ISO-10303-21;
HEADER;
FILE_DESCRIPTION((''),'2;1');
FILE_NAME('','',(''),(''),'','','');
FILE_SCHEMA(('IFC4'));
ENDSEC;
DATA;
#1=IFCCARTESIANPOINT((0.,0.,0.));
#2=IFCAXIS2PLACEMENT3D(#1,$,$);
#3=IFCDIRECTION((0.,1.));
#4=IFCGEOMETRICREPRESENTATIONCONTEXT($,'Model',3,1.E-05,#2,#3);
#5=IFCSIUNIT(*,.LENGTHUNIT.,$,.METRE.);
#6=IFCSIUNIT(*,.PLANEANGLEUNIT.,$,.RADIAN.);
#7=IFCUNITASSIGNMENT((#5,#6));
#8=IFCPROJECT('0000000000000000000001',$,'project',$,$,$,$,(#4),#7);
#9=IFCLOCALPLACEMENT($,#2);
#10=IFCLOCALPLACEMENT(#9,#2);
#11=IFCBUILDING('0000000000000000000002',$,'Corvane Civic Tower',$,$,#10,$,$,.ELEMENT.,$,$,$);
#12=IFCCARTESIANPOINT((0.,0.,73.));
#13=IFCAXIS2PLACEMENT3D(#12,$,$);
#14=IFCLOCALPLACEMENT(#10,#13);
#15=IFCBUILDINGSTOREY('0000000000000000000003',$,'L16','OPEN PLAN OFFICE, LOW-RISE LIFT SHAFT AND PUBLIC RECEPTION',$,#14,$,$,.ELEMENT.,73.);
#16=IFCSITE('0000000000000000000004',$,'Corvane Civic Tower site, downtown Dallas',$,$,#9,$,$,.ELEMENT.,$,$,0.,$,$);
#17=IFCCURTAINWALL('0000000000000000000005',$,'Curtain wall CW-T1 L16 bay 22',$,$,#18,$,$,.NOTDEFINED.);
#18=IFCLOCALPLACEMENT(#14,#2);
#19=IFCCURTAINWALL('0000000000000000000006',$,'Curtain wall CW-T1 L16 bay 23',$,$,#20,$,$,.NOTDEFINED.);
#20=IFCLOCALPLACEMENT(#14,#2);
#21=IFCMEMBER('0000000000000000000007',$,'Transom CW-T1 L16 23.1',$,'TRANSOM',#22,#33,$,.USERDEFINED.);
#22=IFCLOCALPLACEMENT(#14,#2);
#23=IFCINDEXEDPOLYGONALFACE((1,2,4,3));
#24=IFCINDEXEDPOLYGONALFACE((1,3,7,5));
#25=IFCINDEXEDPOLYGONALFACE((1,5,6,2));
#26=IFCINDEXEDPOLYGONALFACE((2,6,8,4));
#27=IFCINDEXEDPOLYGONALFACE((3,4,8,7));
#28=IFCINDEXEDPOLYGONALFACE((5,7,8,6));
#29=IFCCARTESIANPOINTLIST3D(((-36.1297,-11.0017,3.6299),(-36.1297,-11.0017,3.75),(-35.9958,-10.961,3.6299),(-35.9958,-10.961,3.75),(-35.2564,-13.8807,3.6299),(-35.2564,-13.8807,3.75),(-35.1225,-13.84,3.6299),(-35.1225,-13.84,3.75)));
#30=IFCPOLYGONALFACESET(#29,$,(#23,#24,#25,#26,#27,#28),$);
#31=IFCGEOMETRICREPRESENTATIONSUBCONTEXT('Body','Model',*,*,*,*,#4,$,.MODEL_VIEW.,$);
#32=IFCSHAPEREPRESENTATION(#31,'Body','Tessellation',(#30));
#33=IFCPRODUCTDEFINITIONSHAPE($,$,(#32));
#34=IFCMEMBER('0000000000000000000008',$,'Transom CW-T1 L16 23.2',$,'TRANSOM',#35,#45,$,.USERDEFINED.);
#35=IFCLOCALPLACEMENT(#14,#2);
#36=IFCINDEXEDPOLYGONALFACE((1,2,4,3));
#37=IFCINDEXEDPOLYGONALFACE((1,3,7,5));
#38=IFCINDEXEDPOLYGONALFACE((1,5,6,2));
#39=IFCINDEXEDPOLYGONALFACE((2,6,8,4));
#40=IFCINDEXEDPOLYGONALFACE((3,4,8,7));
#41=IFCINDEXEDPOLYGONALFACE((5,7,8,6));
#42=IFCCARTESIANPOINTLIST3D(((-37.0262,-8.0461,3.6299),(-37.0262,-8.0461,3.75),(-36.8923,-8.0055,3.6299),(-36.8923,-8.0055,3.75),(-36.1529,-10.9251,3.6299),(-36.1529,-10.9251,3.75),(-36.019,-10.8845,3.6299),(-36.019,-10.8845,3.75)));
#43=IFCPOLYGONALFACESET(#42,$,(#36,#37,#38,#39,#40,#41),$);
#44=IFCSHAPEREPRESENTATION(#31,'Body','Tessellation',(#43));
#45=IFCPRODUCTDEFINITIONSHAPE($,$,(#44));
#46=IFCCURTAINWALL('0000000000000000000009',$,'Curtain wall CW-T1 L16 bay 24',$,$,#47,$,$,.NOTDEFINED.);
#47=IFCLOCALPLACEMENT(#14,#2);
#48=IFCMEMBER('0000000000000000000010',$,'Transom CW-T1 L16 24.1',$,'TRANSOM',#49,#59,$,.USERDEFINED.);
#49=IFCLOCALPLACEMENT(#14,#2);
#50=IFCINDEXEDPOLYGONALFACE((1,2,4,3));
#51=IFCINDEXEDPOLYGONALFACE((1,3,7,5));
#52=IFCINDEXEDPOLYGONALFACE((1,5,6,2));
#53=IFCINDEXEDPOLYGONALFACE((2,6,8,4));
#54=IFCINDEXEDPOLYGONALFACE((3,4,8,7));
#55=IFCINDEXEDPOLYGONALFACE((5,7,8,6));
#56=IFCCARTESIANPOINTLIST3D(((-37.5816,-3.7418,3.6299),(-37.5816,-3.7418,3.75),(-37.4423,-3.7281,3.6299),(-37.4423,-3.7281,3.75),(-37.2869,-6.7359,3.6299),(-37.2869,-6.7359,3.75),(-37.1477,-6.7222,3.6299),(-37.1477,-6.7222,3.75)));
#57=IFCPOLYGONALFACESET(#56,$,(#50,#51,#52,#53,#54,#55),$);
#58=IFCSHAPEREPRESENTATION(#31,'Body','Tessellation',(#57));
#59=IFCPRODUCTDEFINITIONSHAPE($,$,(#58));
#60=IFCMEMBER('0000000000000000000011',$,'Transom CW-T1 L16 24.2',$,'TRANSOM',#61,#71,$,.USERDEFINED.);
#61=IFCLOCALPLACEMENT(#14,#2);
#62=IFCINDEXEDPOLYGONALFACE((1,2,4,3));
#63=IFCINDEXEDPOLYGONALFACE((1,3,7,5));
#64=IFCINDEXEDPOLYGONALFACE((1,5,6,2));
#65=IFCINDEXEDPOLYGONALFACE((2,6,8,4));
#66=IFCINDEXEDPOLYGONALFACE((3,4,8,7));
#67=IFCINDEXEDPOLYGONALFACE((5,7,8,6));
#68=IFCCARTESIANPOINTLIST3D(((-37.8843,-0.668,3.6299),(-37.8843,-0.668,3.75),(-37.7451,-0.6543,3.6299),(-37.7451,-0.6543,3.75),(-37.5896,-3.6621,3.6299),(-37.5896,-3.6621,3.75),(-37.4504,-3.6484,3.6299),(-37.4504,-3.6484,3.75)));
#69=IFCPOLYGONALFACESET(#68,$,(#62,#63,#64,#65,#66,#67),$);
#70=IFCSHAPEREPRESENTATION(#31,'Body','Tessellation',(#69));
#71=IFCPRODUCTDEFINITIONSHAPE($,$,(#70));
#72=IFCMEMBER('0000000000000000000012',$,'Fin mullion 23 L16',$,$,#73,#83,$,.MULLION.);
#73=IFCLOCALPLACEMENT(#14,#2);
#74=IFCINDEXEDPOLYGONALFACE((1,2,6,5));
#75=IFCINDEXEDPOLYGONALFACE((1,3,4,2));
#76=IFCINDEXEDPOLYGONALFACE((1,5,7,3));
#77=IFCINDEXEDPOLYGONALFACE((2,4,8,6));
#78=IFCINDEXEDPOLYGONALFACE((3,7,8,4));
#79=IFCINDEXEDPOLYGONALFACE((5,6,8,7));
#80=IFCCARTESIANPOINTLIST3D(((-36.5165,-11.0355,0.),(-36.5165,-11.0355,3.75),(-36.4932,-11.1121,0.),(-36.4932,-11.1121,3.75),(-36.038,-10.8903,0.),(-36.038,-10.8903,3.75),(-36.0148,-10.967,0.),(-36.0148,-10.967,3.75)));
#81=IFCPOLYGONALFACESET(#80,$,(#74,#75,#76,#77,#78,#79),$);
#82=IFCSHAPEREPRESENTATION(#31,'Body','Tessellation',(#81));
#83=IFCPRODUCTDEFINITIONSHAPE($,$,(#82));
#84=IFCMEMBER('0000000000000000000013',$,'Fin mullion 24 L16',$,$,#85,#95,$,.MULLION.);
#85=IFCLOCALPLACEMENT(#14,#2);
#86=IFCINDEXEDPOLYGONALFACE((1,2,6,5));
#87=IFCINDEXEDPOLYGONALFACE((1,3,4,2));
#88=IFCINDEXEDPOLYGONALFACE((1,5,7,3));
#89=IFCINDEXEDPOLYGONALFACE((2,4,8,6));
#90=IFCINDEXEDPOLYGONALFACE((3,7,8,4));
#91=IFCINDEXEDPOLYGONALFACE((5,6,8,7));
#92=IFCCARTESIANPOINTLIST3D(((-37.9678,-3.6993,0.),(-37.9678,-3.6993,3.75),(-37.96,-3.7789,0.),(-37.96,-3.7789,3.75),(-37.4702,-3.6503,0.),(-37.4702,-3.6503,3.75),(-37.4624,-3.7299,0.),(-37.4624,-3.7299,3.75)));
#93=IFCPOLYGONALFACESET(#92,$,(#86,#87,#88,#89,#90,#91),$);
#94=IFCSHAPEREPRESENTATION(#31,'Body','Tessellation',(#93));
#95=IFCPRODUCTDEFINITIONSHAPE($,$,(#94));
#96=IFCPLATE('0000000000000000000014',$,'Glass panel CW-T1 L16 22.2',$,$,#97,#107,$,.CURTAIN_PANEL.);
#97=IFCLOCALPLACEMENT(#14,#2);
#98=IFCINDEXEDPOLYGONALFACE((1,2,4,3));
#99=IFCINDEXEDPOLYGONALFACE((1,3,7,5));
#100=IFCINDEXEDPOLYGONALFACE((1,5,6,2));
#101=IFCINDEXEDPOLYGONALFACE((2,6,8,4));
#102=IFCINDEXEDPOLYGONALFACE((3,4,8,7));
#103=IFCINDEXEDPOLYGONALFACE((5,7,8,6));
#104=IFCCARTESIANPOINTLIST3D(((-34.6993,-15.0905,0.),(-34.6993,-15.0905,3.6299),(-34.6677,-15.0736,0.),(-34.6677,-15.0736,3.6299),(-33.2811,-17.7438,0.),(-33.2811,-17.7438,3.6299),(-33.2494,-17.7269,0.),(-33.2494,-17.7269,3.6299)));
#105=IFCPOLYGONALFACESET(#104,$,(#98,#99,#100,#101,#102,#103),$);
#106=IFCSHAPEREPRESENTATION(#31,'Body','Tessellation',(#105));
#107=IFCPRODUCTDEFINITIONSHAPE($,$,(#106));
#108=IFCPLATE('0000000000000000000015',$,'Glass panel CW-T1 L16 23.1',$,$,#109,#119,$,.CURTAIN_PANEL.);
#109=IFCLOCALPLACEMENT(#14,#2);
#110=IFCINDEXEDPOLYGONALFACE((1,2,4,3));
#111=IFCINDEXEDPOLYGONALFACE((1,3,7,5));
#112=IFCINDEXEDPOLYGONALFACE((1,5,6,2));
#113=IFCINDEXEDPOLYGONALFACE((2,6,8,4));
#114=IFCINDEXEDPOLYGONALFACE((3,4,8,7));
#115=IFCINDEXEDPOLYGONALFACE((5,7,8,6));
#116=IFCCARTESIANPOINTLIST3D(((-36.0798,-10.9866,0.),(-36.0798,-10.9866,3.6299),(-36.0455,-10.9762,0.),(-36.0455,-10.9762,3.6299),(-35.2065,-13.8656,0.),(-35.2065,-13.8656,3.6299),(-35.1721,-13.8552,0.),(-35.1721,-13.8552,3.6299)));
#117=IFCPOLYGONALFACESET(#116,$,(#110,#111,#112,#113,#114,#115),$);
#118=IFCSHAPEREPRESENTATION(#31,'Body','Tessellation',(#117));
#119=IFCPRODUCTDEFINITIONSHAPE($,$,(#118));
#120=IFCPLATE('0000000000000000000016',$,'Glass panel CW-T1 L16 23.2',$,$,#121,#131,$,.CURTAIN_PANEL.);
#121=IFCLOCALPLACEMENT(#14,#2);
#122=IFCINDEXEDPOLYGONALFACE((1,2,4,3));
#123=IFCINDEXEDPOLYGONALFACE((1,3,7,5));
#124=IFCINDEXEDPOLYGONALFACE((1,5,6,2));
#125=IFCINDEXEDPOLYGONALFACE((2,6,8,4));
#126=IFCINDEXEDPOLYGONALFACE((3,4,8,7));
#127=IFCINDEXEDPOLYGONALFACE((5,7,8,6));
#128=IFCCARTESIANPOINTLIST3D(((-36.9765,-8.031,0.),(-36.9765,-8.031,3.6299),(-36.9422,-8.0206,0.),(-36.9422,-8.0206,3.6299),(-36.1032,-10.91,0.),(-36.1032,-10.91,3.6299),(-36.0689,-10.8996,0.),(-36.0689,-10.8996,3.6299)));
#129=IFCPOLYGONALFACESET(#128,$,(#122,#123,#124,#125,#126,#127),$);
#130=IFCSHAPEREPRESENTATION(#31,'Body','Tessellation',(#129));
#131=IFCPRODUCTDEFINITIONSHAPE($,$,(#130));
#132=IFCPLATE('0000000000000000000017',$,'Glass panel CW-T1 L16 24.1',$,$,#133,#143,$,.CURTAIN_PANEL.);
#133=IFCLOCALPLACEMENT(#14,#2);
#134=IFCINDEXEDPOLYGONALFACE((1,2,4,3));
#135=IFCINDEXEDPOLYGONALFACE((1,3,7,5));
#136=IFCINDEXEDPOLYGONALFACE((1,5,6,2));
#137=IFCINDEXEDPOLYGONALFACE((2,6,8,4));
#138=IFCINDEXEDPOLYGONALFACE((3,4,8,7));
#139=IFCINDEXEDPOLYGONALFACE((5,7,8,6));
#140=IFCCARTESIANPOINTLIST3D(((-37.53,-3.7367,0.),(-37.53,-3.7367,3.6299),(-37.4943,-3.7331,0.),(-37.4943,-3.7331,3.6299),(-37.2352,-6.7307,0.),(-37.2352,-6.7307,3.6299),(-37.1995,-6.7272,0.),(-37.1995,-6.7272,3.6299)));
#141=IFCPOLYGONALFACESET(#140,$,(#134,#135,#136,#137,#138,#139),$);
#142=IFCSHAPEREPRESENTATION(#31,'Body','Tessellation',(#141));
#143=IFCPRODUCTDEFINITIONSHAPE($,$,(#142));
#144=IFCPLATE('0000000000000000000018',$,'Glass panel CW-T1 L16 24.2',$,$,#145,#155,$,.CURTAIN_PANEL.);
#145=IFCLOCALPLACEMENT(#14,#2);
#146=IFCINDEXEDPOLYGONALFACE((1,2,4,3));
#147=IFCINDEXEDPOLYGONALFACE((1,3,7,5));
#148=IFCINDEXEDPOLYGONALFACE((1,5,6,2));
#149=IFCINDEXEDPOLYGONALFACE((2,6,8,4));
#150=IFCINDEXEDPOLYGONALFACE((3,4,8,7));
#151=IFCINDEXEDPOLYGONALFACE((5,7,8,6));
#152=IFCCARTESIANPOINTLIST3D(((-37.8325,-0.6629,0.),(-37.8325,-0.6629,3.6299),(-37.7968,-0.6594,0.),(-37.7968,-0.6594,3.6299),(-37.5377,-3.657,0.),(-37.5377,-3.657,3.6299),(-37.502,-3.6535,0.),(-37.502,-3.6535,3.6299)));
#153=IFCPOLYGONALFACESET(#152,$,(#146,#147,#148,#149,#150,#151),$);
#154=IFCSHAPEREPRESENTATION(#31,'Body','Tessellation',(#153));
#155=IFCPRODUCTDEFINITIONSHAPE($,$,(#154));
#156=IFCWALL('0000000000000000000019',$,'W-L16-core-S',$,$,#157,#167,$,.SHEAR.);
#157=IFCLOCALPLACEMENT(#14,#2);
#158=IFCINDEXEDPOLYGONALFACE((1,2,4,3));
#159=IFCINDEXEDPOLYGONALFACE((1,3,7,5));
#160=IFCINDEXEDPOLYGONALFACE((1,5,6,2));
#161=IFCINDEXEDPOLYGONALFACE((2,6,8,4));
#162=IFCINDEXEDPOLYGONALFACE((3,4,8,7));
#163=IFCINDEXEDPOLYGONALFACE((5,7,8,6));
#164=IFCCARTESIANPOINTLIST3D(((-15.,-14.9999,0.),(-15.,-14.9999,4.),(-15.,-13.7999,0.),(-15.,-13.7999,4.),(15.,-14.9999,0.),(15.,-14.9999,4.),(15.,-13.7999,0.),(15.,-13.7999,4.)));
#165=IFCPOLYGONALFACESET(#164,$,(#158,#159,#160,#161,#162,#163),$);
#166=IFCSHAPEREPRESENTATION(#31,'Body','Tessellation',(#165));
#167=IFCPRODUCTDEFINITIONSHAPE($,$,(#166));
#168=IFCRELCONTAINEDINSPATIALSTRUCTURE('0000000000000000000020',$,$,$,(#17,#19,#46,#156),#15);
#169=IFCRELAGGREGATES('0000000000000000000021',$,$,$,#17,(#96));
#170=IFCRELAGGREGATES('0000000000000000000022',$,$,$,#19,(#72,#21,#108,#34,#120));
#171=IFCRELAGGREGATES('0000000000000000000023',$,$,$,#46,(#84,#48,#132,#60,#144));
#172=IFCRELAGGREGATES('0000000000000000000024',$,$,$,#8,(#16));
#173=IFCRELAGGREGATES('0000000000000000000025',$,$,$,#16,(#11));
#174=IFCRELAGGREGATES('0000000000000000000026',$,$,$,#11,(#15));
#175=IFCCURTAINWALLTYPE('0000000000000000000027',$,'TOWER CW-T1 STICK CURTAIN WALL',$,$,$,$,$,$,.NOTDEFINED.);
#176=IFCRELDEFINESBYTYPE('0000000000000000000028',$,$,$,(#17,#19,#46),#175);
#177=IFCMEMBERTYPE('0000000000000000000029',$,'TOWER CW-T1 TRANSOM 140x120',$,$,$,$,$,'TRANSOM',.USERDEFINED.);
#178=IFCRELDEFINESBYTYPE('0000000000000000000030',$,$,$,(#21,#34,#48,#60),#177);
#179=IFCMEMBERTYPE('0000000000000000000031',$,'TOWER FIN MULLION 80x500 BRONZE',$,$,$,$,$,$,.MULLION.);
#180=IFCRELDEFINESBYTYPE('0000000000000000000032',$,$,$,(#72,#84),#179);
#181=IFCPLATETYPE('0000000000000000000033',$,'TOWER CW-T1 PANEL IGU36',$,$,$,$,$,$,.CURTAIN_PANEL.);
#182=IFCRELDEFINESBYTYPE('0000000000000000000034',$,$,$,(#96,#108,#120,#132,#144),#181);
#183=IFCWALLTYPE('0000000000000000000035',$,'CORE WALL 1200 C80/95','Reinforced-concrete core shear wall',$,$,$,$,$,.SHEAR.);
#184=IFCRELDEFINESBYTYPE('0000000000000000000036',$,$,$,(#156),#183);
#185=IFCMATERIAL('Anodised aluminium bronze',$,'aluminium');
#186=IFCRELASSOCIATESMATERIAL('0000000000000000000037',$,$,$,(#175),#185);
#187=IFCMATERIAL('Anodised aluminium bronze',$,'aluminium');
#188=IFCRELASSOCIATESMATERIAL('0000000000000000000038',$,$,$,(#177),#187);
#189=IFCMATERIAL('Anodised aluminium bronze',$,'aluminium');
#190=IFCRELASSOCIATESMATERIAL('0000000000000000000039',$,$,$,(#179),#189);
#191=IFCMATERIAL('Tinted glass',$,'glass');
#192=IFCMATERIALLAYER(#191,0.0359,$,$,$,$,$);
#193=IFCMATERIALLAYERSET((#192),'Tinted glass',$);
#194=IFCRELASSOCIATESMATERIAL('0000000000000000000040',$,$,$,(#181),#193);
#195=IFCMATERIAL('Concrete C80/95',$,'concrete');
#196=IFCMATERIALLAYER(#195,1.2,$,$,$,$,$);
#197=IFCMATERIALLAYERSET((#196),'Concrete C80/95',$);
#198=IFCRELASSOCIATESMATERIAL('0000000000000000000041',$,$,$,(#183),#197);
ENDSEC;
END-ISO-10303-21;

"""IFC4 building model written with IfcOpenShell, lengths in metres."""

from ifc_helpers import new_model, si_unit, direction, frame, frame_2d, origin, origin_2d, place, context, subcontext, project, spatial, rectangle, extrude, material, layer, layer_set, material_profile, profile_set, type_object, element, aggregate, save


model = new_model("IFC4")

# Units and contexts
model_context = context("Model", 3, precision=1e-05, world=origin(), true_north=direction((0.0, 1.0)))
body_context = subcontext(model_context, "Body", "Model", "MODEL_VIEW")
ifc_project = project(units=[si_unit("LENGTHUNIT", "METRE"), si_unit("PLANEANGLEUNIT", "RADIAN")], contexts=[model_context])

# Site, building, storey
site_placement = place(None, origin())
site = spatial("IfcSite", under=ifc_project, at=site_placement, Name="Corvane Civic Tower site, downtown Dallas", CompositionType="ELEMENT", RefElevation=0.0)
building_placement = place(site_placement, origin())
building = spatial("IfcBuilding", under=site, at=building_placement, Name="Corvane Civic Tower", CompositionType="ELEMENT")
storey_placement = place(building_placement, frame((0.0, 0.0, 73.0)))
storey = spatial("IfcBuildingStorey", under=building, at=storey_placement, Name="L16", Description="OPEN PLAN OFFICE, LOW-RISE LIFT SHAFT AND PUBLIC RECEPTION", CompositionType="ELEMENT", Elevation=73.0)

# Curtain wall
ifc_material_1 = material(Name="Anodised aluminium bronze", Category="aluminium")
curtain_wall_type = type_object("IfcCurtainWallType", Name="TOWER CW-T1 STICK CURTAIN WALL", PredefinedType="NOTDEFINED", material=ifc_material_1)
curtain_wall_1_placement = place(storey_placement, origin())
curtain_wall_1 = element("IfcCurtainWall", 1, at=curtain_wall_1_placement, inside=storey, type_object=curtain_wall_type, Name="Curtain wall CW-T1 L16 bay 22", PredefinedType="NOTDEFINED")
ifc_material_2 = material(Name="Anodised aluminium bronze", Category="aluminium")
ifc_material_profile_1 = material_profile(ifc_material_2, rectangle(XDim=0.1399, YDim=0.1201, at=origin_2d()), Name="TOWER CW-T1 TRANSOM 140x120")
ifc_profile_set_1 = profile_set([ifc_material_profile_1], Name="Anodised aluminium bronze")
member_type_1 = type_object("IfcMemberType", Name="TOWER CW-T1 TRANSOM 140x120", ElementType="TRANSOM", PredefinedType="USERDEFINED", material=ifc_profile_set_1)

# Curtain walls, members
curtain_wall_2_placement = place(storey_placement, origin())
curtain_wall_2 = element("IfcCurtainWall", 2, at=curtain_wall_2_placement, inside=storey, type_object=curtain_wall_type, Name="Curtain wall CW-T1 L16 bay 23", PredefinedType="NOTDEFINED")
member_1_placement = place(storey_placement, frame((-35.1895, -13.8604, 3.6899), z_axis=(-0.29028, 0.956942, 0.0), x_axis=(-0.956942, -0.29028, 0.0)))
member_1 = element("IfcMember", 3, at=member_1_placement, type_object=member_type_1, Name="Transom CW-T1 L16 23.1", ObjectType="TRANSOM", PredefinedType="USERDEFINED", context=body_context, shape_type="SweptSolid", body=[
    extrude(rectangle(XDim=0.1399, YDim=0.1201, at=origin_2d()), origin(), (0.0, 0.0, 1.0), 3.0085),
])
member_2_placement = place(storey_placement, frame((-36.0859, -10.9048, 3.6899), z_axis=(-0.29028, 0.956942, 0.0), x_axis=(-0.956942, -0.29028, 0.0)))
member_2 = element("IfcMember", 4, at=member_2_placement, type_object=member_type_1, Name="Transom CW-T1 L16 23.2", ObjectType="TRANSOM", PredefinedType="USERDEFINED", context=body_context, shape_type="SweptSolid", body=[
    extrude(rectangle(XDim=0.1399, YDim=0.1201, at=origin_2d()), origin(), (0.0, 0.0, 1.0), 3.0085),
])
curtain_wall_3_placement = place(storey_placement, origin())
curtain_wall_3 = element("IfcCurtainWall", 5, at=curtain_wall_3_placement, inside=storey, type_object=curtain_wall_type, Name="Curtain wall CW-T1 L16 bay 24", PredefinedType="NOTDEFINED")
member_3_placement = place(storey_placement, frame((-37.2173, -6.729, 3.6899), z_axis=(-0.097945, 0.995192, 0.0), x_axis=(-0.995192, -0.097945, 0.0)))
member_3 = element("IfcMember", 6, at=member_3_placement, type_object=member_type_1, Name="Transom CW-T1 L16 24.1", ObjectType="TRANSOM", PredefinedType="USERDEFINED", context=body_context, shape_type="SweptSolid", body=[
    extrude(rectangle(XDim=0.1399, YDim=0.1201, at=origin_2d()), origin(), (0.0, 0.0, 1.0), 3.0085),
])
member_4_placement = place(storey_placement, frame((-37.52, -3.6553, 3.6899), z_axis=(-0.097945, 0.995192, 0.0), x_axis=(-0.995192, -0.097945, 0.0)))
member_4 = element("IfcMember", 7, at=member_4_placement, type_object=member_type_1, Name="Transom CW-T1 L16 24.2", ObjectType="TRANSOM", PredefinedType="USERDEFINED", context=body_context, shape_type="SweptSolid", body=[
    extrude(rectangle(XDim=0.1399, YDim=0.1201, at=origin_2d()), origin(), (0.0, 0.0, 1.0), 3.0085),
])

# Members
ifc_material_3 = material(Name="Anodised aluminium bronze", Category="aluminium")
ifc_material_profile_2 = material_profile(ifc_material_3, rectangle(XDim=0.0801, YDim=0.5, at=origin_2d()), Name="TOWER FIN MULLION 80x500 BRONZE")
ifc_profile_set_2 = profile_set([ifc_material_profile_2], Name="Anodised aluminium bronze")
member_type_2 = type_object("IfcMemberType", Name="TOWER FIN MULLION 80x500 BRONZE", PredefinedType="MULLION", material=ifc_profile_set_2)
member_5_placement = place(storey_placement, frame((-36.2656, -11.0012, 0.0), z_axis=(0.0, 0.0, 1.0), x_axis=(-0.290278, 0.956942, 0.0)))
member_5 = element("IfcMember", 8, at=member_5_placement, type_object=member_type_2, Name="Fin mullion 23 L16", PredefinedType="MULLION", context=body_context, shape_type="SweptSolid", body=[
    extrude(rectangle(XDim=0.0801, YDim=0.5, at=origin_2d()), origin(), (0.0, 0.0, 1.0), 3.75),
])
member_6_placement = place(storey_placement, frame((-37.7151, -3.7146, 0.0), z_axis=(0.0, 0.0, 1.0), x_axis=(-0.098006, 0.995186, 0.0)))
member_6 = element("IfcMember", 9, at=member_6_placement, type_object=member_type_2, Name="Fin mullion 24 L16", PredefinedType="MULLION", context=body_context, shape_type="SweptSolid", body=[
    extrude(rectangle(XDim=0.0801, YDim=0.5, at=origin_2d()), origin(), (0.0, 0.0, 1.0), 3.75),
])

# Plates
ifc_material_4 = material(Name="Tinted glass", Category="glass")
ifc_layer_1 = layer(ifc_material_4, 0.0359)
ifc_layer_set_1 = layer_set([ifc_layer_1], Name="Tinted glass")
plate_type = type_object("IfcPlateType", Name="TOWER CW-T1 PANEL IGU36", PredefinedType="CURTAIN_PANEL", material=ifc_layer_set_1)
plate_1_placement = place(storey_placement, frame((-33.9744, -16.4087, 0.0), z_axis=(0.0, 0.0, 1.0), x_axis=(-0.471404, 0.881918, 0.0)))
plate_1 = element("IfcPlate", 10, at=plate_1_placement, type_object=plate_type, Name="Glass panel CW-T1 L16 22.2", PredefinedType="CURTAIN_PANEL", context=body_context, shape_type="SweptSolid", body=[
    extrude(rectangle(XDim=3.0085, YDim=0.0359, at=origin_2d()), origin(), (0.0, 0.0, 1.0), 3.6299),
])
aggregate(curtain_wall_1, [plate_1])
plate_2_placement = place(storey_placement, frame((-35.626, -12.4209, 0.0), z_axis=(0.0, 0.0, 1.0), x_axis=(-0.290278, 0.956942, 0.0)))
plate_2 = element("IfcPlate", 11, at=plate_2_placement, type_object=plate_type, Name="Glass panel CW-T1 L16 23.1", PredefinedType="CURTAIN_PANEL", context=body_context, shape_type="SweptSolid", body=[
    extrude(rectangle(XDim=3.0085, YDim=0.0359, at=origin_2d()), origin(), (0.0, 0.0, 1.0), 3.6299),
])
plate_3_placement = place(storey_placement, frame((-36.5227, -9.4653, 0.0), z_axis=(0.0, 0.0, 1.0), x_axis=(-0.290278, 0.956942, 0.0)))
plate_3 = element("IfcPlate", 12, at=plate_3_placement, type_object=plate_type, Name="Glass panel CW-T1 L16 23.2", PredefinedType="CURTAIN_PANEL", context=body_context, shape_type="SweptSolid", body=[
    extrude(rectangle(XDim=3.0085, YDim=0.0359, at=origin_2d()), origin(), (0.0, 0.0, 1.0), 3.6299),
])
aggregate(curtain_wall_2, [member_5, member_1, plate_2, member_2, plate_3])
plate_4_placement = place(storey_placement, frame((-37.3647, -5.2319, 0.0), z_axis=(0.0, 0.0, 1.0), x_axis=(-0.098006, 0.995186, 0.0)))
plate_4 = element("IfcPlate", 13, at=plate_4_placement, type_object=plate_type, Name="Glass panel CW-T1 L16 24.1", PredefinedType="CURTAIN_PANEL", context=body_context, shape_type="SweptSolid", body=[
    extrude(rectangle(XDim=3.0085, YDim=0.0359, at=origin_2d()), origin(), (0.0, 0.0, 1.0), 3.6299),
])
plate_5_placement = place(storey_placement, frame((-37.6672, -2.1582, 0.0), z_axis=(0.0, 0.0, 1.0), x_axis=(-0.098006, 0.995186, 0.0)))
plate_5 = element("IfcPlate", 14, at=plate_5_placement, type_object=plate_type, Name="Glass panel CW-T1 L16 24.2", PredefinedType="CURTAIN_PANEL", context=body_context, shape_type="SweptSolid", body=[
    extrude(rectangle(XDim=3.0085, YDim=0.0359, at=origin_2d()), origin(), (0.0, 0.0, 1.0), 3.6299),
])
aggregate(curtain_wall_3, [member_6, member_3, plate_4, member_4, plate_5])

# Wall
ifc_material_5 = material(Name="Concrete C80/95", Category="concrete")
ifc_layer_2 = layer(ifc_material_5, 1.2)
ifc_layer_set_2 = layer_set([ifc_layer_2], Name="Concrete C80/95")
wall_type_1 = type_object("IfcWallType", Name="CORE WALL 1200 C80/95", Description="Reinforced-concrete core shear wall", PredefinedType="SHEAR", material=ifc_layer_set_2)
wall_1_placement = place(storey_placement, frame((-15.0, -14.3999, 0.0), z_axis=(0.0, 0.0, 1.0), x_axis=(1.0, 0.0, 0.0)))
element("IfcWall", 15, at=wall_1_placement, inside=storey, type_object=wall_type_1, Name="W-L16-core-S", PredefinedType="SHEAR", context=body_context, shape_type="SweptSolid", body=[
    extrude(rectangle(XDim=30.0, YDim=1.2, at=frame_2d((15.0, 0.0))), origin(), (0.0, 0.0, 1.0), 4.0),
])

save(model, "model.ifc")
